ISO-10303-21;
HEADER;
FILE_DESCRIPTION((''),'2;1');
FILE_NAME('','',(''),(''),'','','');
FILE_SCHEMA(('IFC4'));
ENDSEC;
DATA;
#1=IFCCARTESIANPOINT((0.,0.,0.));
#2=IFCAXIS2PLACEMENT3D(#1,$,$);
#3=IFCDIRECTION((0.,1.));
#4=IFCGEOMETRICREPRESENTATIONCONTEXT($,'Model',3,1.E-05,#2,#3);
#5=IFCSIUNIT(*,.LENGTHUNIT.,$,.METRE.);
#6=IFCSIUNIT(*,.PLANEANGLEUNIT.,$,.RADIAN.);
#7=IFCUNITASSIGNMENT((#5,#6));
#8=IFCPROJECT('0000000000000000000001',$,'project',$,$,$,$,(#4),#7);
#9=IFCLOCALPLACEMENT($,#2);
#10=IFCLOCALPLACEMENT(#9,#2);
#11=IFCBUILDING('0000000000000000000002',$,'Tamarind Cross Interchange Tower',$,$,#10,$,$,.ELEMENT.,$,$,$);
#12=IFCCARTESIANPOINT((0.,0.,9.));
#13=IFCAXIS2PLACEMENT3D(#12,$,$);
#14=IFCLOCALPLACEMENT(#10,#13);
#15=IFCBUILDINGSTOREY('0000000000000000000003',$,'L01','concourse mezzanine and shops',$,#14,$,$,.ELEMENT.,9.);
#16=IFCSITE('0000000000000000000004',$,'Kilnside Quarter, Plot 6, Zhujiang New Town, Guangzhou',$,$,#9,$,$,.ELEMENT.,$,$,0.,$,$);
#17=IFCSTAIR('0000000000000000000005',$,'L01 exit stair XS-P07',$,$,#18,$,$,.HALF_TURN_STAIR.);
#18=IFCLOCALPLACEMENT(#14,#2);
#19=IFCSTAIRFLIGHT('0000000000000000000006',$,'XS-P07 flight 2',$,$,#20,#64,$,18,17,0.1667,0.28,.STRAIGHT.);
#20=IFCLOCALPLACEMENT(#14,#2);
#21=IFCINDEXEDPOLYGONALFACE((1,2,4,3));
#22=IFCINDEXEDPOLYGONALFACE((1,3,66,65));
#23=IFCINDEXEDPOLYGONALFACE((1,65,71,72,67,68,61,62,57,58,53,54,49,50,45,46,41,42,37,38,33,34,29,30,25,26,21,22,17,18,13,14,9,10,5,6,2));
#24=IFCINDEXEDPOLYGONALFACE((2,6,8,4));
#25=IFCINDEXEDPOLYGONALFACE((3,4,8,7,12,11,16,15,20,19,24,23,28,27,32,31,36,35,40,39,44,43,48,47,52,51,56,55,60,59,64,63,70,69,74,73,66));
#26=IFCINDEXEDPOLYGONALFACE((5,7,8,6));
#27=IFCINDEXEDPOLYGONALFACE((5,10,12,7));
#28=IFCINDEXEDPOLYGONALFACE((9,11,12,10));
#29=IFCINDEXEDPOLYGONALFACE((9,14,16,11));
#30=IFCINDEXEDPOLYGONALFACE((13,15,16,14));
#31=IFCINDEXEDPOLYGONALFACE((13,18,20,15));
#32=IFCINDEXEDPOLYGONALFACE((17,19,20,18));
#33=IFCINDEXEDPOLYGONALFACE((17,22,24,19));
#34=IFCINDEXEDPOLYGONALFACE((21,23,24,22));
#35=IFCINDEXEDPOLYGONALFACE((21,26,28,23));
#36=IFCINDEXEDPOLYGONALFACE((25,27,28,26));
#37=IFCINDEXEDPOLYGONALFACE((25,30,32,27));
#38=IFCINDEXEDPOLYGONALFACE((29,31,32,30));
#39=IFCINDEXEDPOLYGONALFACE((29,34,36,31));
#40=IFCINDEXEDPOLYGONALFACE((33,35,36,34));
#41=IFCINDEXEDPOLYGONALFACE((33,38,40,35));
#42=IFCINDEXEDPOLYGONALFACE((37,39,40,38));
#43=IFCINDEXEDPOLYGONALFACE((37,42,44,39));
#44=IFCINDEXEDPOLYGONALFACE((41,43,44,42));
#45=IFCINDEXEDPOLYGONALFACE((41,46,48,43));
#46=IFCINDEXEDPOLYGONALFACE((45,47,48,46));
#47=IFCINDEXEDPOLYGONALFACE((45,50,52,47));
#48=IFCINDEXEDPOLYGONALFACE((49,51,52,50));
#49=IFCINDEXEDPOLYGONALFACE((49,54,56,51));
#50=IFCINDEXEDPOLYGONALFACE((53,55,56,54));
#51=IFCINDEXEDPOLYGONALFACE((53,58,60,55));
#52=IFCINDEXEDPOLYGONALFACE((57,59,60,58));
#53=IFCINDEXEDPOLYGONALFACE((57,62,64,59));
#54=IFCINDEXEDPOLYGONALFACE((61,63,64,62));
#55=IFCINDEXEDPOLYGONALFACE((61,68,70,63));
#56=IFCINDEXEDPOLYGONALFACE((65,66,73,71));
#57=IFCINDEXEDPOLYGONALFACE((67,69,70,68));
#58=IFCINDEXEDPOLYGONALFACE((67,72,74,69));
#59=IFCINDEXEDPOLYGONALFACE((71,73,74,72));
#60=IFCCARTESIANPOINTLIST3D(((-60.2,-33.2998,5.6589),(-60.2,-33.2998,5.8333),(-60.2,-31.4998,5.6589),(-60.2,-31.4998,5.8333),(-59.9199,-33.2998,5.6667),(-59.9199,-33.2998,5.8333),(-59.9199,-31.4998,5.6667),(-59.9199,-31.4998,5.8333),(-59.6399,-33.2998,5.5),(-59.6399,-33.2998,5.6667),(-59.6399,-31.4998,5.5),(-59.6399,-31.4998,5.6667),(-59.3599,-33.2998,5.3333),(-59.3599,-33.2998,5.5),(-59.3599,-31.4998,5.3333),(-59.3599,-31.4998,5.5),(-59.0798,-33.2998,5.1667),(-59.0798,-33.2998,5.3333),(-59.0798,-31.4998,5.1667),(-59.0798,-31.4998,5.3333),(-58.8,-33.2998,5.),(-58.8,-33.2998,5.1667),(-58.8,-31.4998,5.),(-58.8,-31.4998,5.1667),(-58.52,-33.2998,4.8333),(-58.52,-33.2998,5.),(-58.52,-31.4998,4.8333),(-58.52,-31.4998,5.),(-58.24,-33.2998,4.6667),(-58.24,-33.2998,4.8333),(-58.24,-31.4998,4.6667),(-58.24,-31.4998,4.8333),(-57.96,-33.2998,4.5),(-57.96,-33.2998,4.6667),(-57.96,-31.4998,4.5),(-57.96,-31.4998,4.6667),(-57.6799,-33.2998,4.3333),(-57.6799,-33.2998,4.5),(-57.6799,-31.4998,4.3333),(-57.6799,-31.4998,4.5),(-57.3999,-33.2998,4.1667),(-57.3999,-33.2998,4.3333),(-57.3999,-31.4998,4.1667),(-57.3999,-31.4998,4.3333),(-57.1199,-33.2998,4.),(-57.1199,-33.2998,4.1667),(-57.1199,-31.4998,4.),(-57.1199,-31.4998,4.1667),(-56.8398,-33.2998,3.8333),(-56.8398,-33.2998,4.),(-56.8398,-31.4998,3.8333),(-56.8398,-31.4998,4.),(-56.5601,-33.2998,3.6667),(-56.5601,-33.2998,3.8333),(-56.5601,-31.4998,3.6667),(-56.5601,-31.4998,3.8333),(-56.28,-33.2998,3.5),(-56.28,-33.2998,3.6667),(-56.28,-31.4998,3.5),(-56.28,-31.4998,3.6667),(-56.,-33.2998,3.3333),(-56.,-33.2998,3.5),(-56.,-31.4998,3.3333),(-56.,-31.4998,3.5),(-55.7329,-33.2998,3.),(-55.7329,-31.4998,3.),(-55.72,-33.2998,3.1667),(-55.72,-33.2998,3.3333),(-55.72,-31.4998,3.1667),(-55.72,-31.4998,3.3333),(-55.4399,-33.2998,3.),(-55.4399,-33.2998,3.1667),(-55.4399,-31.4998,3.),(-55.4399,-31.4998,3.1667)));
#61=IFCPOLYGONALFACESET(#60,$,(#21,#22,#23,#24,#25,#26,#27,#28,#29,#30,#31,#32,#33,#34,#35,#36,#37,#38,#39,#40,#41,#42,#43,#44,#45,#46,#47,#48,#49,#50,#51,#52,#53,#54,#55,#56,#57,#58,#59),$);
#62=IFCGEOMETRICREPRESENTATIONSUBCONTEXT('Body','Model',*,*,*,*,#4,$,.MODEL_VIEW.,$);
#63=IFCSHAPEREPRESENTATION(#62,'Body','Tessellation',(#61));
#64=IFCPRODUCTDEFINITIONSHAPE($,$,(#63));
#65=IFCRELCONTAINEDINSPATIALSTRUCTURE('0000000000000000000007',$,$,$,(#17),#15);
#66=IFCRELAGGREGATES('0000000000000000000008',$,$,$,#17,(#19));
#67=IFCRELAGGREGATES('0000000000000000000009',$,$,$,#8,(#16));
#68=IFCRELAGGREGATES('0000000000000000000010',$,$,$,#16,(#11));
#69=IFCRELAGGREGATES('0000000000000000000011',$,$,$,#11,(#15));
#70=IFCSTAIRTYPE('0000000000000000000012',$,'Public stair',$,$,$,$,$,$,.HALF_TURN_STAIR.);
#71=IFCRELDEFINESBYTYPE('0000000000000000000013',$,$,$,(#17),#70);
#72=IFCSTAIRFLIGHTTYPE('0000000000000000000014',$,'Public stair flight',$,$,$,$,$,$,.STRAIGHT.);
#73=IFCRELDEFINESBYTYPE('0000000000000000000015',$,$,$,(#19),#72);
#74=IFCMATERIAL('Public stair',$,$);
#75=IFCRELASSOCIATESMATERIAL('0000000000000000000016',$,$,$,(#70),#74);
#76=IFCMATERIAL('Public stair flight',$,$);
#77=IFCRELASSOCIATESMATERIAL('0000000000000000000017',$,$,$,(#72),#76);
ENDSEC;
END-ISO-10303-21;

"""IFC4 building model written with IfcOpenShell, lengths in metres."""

from ifc_helpers import new_model, si_unit, direction, frame, origin, place, context, subcontext, project, spatial, polyline, outline, extrude, material, type_object, element, aggregate, save


model = new_model("IFC4")

# Units and contexts
model_context = context("Model", 3, precision=1e-05, world=origin(), true_north=direction((0.0, 1.0)))
body_context = subcontext(model_context, "Body", "Model", "MODEL_VIEW")
ifc_project = project(units=[si_unit("LENGTHUNIT", "METRE"), si_unit("PLANEANGLEUNIT", "RADIAN")], contexts=[model_context])

# Site, building, storey
site_placement = place(None, origin())
site = spatial("IfcSite", under=ifc_project, at=site_placement, Name="Kilnside Quarter, Plot 6, Zhujiang New Town, Guangzhou", CompositionType="ELEMENT", RefElevation=0.0)
building_placement = place(site_placement, origin())
building = spatial("IfcBuilding", under=site, at=building_placement, Name="Tamarind Cross Interchange Tower", CompositionType="ELEMENT")
storey_placement = place(building_placement, frame((0.0, 0.0, 9.0)))
storey = spatial("IfcBuildingStorey", under=building, at=storey_placement, Name="L01", Description="concourse mezzanine and shops", CompositionType="ELEMENT", Elevation=9.0)

# Stair, stair flight
ifc_material_1 = material(Name="Public stair")
stair_type = type_object("IfcStairType", Name="Public stair", PredefinedType="HALF_TURN_STAIR", material=ifc_material_1)
stair_placement = place(storey_placement, origin())
stair = element("IfcStair", 1, at=stair_placement, inside=storey, type_object=stair_type, Name="L01 exit stair XS-P07", PredefinedType="HALF_TURN_STAIR")
ifc_material_2 = material(Name="Public stair flight")
stair_flight_type = type_object("IfcStairFlightType", Name="Public stair flight", PredefinedType="STRAIGHT", material=ifc_material_2)
stair_flight_1_placement = place(storey_placement, frame((-55.4399, -32.3999, 3.0), z_axis=(0.0, 0.0, 1.0), x_axis=(-1.0, 0.0, 0.0)))
stair_flight_1 = element("IfcStairFlight", 2, at=stair_flight_1_placement, type_object=stair_flight_type, Name="XS-P07 flight 2", NumberOfRisers=18, NumberOfTreads=17, PredefinedType="STRAIGHT", RiserHeight=0.1667, TreadLength=0.28, context=body_context, shape_type="SweptSolid", body=[
    extrude(outline(polyline([(0.0, 0.0), (0.0, 0.1667), (0.28, 0.1667), (0.28, 0.3333), (0.5601, 0.3333), (0.5601, 0.5), (0.8401, 0.5), (0.8401, 0.6667), (1.1201, 0.6667), (1.1201, 0.8333), (1.3999, 0.8333), (1.3999, 1.0), (1.6799, 1.0), (1.6799, 1.1667), (1.96, 1.1667), (1.96, 1.3333), (2.24, 1.3333), (2.24, 1.5), (2.52, 1.5), (2.52, 1.6667), (2.8, 1.6667), (2.8, 1.8333), (3.0801, 1.8333), (3.0801, 2.0), (3.3601, 2.0), (3.3601, 2.1667), (3.6399, 2.1667), (3.6399, 2.3333), (3.9199, 2.3333), (3.9199, 2.5), (4.2, 2.5), (4.2, 2.6667), (4.48, 2.6667), (4.48, 2.8333), (4.76, 2.8333), (4.76, 3.0), (4.76, 2.6589), (0.293, 0.0), (0.0, 0.0)])), frame((0.0, 0.8999, 0.0), z_axis=(0.0, -1.0, 0.0), x_axis=(1.0, 0.0, 0.0)), (0.0, 0.0, 1.0), 1.8),
])
aggregate(stair, [stair_flight_1])

save(model, "model.ifc")
